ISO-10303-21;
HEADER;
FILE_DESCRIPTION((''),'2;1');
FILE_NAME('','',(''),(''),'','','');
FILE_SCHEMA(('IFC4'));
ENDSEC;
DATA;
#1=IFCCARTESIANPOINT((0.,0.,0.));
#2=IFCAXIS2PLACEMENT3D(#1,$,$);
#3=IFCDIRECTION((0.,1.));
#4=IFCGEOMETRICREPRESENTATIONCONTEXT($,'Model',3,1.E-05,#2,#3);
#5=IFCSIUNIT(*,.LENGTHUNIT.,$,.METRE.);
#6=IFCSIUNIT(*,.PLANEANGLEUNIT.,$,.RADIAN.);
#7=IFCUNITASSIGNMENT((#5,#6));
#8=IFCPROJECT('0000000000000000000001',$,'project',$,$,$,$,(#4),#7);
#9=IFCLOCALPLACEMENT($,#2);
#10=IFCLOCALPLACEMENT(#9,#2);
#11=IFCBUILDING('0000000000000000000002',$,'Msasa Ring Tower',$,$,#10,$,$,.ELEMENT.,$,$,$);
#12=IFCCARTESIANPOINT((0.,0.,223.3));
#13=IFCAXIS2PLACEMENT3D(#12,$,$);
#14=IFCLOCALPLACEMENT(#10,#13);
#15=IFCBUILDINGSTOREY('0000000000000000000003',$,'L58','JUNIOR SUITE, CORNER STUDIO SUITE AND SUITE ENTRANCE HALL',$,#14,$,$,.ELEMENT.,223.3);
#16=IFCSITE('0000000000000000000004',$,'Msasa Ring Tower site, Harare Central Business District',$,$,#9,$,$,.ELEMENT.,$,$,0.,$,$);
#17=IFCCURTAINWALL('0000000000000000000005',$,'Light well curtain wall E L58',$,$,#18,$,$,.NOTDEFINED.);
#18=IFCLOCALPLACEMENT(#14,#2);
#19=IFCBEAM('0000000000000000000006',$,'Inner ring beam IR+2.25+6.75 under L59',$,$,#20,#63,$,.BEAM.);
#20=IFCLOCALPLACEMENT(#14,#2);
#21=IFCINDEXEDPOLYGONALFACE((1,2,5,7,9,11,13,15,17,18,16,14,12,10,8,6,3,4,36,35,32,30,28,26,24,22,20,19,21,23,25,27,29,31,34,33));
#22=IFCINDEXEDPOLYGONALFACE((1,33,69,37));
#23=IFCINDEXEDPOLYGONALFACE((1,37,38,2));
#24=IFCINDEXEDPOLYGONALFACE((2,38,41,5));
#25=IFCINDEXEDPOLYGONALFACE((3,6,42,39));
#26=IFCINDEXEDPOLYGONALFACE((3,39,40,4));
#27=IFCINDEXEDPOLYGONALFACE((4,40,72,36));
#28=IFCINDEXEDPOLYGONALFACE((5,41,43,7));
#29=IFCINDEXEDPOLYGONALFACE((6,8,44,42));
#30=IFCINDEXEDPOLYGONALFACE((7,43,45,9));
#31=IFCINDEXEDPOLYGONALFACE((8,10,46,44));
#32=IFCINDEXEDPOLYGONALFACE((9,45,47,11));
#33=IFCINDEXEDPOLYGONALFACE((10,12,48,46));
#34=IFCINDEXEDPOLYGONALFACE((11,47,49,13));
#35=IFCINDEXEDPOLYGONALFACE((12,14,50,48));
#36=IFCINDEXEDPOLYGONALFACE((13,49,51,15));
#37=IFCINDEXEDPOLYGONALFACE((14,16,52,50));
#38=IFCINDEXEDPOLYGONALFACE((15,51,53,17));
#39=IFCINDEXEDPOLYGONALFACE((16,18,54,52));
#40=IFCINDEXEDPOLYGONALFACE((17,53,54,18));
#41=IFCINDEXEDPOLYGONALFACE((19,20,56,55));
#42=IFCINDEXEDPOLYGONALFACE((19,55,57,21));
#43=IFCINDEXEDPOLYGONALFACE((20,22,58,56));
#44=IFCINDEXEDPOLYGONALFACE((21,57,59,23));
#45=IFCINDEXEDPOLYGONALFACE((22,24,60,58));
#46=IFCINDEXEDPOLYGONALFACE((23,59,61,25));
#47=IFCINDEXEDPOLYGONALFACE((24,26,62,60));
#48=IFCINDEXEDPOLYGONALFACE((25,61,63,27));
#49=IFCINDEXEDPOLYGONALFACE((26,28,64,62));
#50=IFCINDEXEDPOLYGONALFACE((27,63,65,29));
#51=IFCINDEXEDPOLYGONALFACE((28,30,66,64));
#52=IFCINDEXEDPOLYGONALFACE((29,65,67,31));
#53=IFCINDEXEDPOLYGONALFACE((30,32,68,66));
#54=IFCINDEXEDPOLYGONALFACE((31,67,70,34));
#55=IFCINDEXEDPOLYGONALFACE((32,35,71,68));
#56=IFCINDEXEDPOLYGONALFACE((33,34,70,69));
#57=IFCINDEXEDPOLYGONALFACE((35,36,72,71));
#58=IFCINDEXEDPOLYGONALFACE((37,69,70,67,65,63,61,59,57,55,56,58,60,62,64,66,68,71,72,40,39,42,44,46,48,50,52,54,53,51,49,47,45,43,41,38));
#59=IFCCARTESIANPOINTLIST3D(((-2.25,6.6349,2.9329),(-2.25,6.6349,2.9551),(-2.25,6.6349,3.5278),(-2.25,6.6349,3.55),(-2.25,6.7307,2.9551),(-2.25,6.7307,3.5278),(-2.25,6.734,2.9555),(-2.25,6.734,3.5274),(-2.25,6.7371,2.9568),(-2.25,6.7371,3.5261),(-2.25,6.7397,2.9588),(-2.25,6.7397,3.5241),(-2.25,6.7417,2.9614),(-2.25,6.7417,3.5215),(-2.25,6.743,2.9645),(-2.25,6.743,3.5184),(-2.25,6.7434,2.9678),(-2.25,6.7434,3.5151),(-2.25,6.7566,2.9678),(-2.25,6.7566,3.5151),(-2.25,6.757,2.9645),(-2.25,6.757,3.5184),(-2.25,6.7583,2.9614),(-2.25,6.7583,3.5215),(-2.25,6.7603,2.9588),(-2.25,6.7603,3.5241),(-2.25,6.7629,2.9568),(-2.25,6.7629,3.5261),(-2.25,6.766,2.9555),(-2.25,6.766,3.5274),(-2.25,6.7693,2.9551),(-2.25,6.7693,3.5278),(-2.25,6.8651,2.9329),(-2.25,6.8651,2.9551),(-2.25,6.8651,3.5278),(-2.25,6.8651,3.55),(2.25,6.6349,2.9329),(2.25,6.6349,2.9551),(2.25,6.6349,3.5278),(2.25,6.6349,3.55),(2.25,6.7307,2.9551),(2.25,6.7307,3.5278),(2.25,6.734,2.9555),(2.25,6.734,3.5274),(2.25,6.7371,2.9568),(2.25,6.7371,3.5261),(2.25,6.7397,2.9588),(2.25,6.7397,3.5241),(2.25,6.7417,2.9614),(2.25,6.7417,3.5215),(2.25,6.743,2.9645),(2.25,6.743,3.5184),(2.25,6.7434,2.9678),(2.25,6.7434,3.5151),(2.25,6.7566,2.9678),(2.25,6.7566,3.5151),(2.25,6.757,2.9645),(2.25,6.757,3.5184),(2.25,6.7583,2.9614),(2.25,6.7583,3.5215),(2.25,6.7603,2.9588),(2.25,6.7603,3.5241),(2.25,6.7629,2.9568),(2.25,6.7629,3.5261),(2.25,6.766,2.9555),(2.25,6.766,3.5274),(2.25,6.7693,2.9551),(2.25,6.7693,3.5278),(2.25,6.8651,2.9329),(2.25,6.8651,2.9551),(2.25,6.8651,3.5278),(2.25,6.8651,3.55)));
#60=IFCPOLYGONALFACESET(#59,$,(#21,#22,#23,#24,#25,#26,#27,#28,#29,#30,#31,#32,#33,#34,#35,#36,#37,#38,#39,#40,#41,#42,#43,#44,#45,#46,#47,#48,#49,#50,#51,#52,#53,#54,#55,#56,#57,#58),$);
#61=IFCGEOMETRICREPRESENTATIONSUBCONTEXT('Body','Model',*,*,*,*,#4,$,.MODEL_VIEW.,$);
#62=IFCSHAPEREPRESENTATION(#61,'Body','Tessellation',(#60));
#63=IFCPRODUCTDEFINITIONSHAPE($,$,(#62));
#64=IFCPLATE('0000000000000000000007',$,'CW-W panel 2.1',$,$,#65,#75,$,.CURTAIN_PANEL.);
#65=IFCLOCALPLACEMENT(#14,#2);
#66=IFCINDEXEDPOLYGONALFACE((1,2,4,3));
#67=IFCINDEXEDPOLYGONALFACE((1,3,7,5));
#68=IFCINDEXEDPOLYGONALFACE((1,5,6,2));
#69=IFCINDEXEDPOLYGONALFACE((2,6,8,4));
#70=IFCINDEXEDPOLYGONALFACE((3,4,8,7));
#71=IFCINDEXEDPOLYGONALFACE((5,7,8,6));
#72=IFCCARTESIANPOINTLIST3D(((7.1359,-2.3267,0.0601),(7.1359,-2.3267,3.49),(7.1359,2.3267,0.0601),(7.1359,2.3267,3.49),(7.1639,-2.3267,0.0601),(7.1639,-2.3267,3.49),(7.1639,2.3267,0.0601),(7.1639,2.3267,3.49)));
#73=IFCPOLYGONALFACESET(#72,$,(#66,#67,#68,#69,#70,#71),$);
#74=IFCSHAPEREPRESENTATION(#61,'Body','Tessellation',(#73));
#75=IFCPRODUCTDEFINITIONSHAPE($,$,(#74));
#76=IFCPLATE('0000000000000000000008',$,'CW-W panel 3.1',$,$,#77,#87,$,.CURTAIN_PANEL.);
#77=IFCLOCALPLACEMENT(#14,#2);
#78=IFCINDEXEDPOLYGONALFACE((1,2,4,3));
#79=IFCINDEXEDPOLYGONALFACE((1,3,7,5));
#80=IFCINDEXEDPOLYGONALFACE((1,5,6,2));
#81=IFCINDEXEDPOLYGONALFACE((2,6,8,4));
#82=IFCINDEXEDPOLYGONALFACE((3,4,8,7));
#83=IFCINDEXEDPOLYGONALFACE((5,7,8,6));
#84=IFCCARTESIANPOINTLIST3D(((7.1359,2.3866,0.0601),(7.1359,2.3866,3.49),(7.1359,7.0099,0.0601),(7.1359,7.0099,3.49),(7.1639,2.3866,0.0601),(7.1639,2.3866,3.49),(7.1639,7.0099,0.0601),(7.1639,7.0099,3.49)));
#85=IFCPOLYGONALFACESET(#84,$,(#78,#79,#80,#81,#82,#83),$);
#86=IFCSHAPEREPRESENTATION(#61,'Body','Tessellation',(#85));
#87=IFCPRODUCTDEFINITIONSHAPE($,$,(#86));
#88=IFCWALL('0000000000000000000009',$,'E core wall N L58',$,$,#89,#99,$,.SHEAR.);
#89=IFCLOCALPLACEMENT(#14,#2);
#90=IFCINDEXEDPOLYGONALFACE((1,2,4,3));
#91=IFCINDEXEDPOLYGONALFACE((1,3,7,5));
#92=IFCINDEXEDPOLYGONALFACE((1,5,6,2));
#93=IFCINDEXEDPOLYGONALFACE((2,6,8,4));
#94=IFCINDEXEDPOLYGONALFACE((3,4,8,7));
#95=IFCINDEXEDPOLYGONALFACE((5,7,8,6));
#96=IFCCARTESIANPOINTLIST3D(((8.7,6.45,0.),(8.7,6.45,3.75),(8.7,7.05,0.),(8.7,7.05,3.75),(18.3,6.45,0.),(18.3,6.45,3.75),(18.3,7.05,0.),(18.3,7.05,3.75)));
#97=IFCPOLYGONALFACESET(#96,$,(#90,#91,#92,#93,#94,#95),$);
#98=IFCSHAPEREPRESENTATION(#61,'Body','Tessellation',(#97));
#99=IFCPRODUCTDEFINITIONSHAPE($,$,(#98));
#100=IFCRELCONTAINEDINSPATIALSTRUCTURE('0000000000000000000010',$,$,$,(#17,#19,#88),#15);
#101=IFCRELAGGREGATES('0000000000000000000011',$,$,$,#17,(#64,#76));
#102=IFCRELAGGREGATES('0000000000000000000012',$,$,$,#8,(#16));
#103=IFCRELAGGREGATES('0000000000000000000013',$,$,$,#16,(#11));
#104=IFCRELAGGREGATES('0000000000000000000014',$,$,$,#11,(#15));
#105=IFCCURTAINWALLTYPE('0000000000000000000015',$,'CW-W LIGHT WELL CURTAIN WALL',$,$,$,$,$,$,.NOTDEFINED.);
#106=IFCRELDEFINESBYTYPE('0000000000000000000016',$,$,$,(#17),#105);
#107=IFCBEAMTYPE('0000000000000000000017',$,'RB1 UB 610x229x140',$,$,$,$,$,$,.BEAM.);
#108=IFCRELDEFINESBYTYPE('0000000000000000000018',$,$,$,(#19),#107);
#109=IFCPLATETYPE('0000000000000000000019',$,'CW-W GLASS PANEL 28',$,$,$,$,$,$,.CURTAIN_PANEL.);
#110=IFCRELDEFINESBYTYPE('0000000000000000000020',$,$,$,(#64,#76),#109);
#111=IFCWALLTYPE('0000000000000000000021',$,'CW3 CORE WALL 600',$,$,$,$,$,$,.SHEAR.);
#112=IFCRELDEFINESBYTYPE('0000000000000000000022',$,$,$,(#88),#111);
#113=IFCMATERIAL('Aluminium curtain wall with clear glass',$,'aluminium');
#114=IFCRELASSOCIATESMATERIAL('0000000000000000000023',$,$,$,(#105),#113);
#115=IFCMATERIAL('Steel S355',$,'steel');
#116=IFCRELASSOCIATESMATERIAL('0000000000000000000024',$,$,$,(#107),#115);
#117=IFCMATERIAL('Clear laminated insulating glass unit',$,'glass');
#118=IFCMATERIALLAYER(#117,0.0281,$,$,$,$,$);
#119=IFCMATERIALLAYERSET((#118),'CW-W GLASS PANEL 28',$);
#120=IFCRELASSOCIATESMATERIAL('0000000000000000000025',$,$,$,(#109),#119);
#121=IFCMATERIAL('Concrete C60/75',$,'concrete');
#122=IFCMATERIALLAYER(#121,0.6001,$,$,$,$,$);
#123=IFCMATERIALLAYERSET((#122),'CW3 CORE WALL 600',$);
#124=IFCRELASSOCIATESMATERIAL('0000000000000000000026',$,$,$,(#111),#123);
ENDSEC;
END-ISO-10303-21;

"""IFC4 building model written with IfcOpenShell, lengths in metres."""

from ifc_helpers import new_model, si_unit, direction, frame, frame_2d, origin, origin_2d, place, context, subcontext, project, spatial, rectangle, i_section, extrude, material, layer, layer_set, material_profile, profile_set, type_object, element, aggregate, save


model = new_model("IFC4")

# Units and contexts
model_context = context("Model", 3, precision=1e-05, world=origin(), true_north=direction((0.0, 1.0)))
body_context = subcontext(model_context, "Body", "Model", "MODEL_VIEW")
ifc_project = project(units=[si_unit("LENGTHUNIT", "METRE"), si_unit("PLANEANGLEUNIT", "RADIAN")], contexts=[model_context])

# Site, building, storey
site_placement = place(None, origin())
site = spatial("IfcSite", under=ifc_project, at=site_placement, Name="Msasa Ring Tower site, Harare Central Business District", CompositionType="ELEMENT", RefElevation=0.0)
building_placement = place(site_placement, origin())
building = spatial("IfcBuilding", under=site, at=building_placement, Name="Msasa Ring Tower", CompositionType="ELEMENT")
storey_placement = place(building_placement, frame((0.0, 0.0, 223.3)))
storey = spatial("IfcBuildingStorey", under=building, at=storey_placement, Name="L58", Description="JUNIOR SUITE, CORNER STUDIO SUITE AND SUITE ENTRANCE HALL", CompositionType="ELEMENT", Elevation=223.3)

# Curtain wall
ifc_material_1 = material(Name="Aluminium curtain wall with clear glass", Category="aluminium")
curtain_wall_type = type_object("IfcCurtainWallType", Name="CW-W LIGHT WELL CURTAIN WALL", PredefinedType="NOTDEFINED", material=ifc_material_1)
curtain_wall_placement = place(storey_placement, origin())
curtain_wall = element("IfcCurtainWall", 1, at=curtain_wall_placement, inside=storey, type_object=curtain_wall_type, Name="Light well curtain wall E L58", PredefinedType="NOTDEFINED")

# Beam
ifc_material_2 = material(Name="Steel S355", Category="steel")
ifc_material_profile_1 = material_profile(ifc_material_2, i_section(OverallWidth=0.2302, OverallDepth=0.6172, WebThickness=0.0132, FlangeThickness=0.0222, FilletRadius=0.0127, at=origin_2d()), Name="UB 610x229x140")
ifc_profile_set_1 = profile_set([ifc_material_profile_1], Name="Steel S355")
beam_type = type_object("IfcBeamType", Name="RB1 UB 610x229x140", PredefinedType="BEAM", material=ifc_profile_set_1)
for number, where, z_axis, x_axis, name in (
    (2, (2.25, 6.75, 3.2415), (-1.0, 0.0, 0.0), (0.0, -1.0, 0.0), "Inner ring beam IR+2.25+6.75 under L59"),
):
    element("IfcBeam", number, at=place(storey_placement, frame(where, z_axis=z_axis, x_axis=x_axis)), inside=storey, type_object=beam_type, Name=name, PredefinedType="BEAM", context=body_context, shape_type="SweptSolid", body=[
        extrude(i_section(OverallWidth=0.2302, OverallDepth=0.6172, WebThickness=0.0132, FlangeThickness=0.0222, FilletRadius=0.0127, at=origin_2d()), origin(), (0.0, 0.0, 1.0), 4.5),
    ])

# Plates
ifc_material_3 = material(Name="Clear laminated insulating glass unit", Category="glass")
ifc_layer_1 = layer(ifc_material_3, 0.0281)
ifc_layer_set_1 = layer_set([ifc_layer_1], Name="CW-W GLASS PANEL 28")
plate_type = type_object("IfcPlateType", Name="CW-W GLASS PANEL 28", PredefinedType="CURTAIN_PANEL", material=ifc_layer_set_1)
plate_1_placement = place(storey_placement, frame((7.1499, 0.0, 0.0601), z_axis=(0.0, 0.0, 1.0), x_axis=(0.0, 1.0, 0.0)))
plate_1 = element("IfcPlate", 3, at=plate_1_placement, type_object=plate_type, Name="CW-W panel 2.1", PredefinedType="CURTAIN_PANEL", context=body_context, shape_type="SweptSolid", body=[
    extrude(rectangle(XDim=4.6533, YDim=0.0281, at=origin_2d()), origin(), (0.0, 0.0, 1.0), 3.4299),
])
plate_2_placement = place(storey_placement, frame((7.1499, 4.6982, 0.0601), z_axis=(0.0, 0.0, 1.0), x_axis=(0.0, 1.0, 0.0)))
plate_2 = element("IfcPlate", 4, at=plate_2_placement, type_object=plate_type, Name="CW-W panel 3.1", PredefinedType="CURTAIN_PANEL", context=body_context, shape_type="SweptSolid", body=[
    extrude(rectangle(XDim=4.6233, YDim=0.0281, at=origin_2d()), origin(), (0.0, 0.0, 1.0), 3.4299),
])
aggregate(curtain_wall, [plate_1, plate_2])

# Wall
ifc_material_4 = material(Name="Concrete C60/75", Category="concrete")
ifc_layer_2 = layer(ifc_material_4, 0.6001)
ifc_layer_set_2 = layer_set([ifc_layer_2], Name="CW3 CORE WALL 600")
wall_type = type_object("IfcWallType", Name="CW3 CORE WALL 600", PredefinedType="SHEAR", material=ifc_layer_set_2)
wall_placement = place(storey_placement, frame((8.7, 6.75, 0.0), z_axis=(0.0, 0.0, 1.0), x_axis=(1.0, 0.0, 0.0)))
element("IfcWall", 5, at=wall_placement, inside=storey, type_object=wall_type, Name="E core wall N L58", PredefinedType="SHEAR", context=body_context, shape_type="SweptSolid", body=[
    extrude(rectangle(XDim=9.6001, YDim=0.6001, at=frame_2d((4.8, 0.0))), origin(), (0.0, 0.0, 1.0), 3.75),
])

save(model, "model.ifc")
